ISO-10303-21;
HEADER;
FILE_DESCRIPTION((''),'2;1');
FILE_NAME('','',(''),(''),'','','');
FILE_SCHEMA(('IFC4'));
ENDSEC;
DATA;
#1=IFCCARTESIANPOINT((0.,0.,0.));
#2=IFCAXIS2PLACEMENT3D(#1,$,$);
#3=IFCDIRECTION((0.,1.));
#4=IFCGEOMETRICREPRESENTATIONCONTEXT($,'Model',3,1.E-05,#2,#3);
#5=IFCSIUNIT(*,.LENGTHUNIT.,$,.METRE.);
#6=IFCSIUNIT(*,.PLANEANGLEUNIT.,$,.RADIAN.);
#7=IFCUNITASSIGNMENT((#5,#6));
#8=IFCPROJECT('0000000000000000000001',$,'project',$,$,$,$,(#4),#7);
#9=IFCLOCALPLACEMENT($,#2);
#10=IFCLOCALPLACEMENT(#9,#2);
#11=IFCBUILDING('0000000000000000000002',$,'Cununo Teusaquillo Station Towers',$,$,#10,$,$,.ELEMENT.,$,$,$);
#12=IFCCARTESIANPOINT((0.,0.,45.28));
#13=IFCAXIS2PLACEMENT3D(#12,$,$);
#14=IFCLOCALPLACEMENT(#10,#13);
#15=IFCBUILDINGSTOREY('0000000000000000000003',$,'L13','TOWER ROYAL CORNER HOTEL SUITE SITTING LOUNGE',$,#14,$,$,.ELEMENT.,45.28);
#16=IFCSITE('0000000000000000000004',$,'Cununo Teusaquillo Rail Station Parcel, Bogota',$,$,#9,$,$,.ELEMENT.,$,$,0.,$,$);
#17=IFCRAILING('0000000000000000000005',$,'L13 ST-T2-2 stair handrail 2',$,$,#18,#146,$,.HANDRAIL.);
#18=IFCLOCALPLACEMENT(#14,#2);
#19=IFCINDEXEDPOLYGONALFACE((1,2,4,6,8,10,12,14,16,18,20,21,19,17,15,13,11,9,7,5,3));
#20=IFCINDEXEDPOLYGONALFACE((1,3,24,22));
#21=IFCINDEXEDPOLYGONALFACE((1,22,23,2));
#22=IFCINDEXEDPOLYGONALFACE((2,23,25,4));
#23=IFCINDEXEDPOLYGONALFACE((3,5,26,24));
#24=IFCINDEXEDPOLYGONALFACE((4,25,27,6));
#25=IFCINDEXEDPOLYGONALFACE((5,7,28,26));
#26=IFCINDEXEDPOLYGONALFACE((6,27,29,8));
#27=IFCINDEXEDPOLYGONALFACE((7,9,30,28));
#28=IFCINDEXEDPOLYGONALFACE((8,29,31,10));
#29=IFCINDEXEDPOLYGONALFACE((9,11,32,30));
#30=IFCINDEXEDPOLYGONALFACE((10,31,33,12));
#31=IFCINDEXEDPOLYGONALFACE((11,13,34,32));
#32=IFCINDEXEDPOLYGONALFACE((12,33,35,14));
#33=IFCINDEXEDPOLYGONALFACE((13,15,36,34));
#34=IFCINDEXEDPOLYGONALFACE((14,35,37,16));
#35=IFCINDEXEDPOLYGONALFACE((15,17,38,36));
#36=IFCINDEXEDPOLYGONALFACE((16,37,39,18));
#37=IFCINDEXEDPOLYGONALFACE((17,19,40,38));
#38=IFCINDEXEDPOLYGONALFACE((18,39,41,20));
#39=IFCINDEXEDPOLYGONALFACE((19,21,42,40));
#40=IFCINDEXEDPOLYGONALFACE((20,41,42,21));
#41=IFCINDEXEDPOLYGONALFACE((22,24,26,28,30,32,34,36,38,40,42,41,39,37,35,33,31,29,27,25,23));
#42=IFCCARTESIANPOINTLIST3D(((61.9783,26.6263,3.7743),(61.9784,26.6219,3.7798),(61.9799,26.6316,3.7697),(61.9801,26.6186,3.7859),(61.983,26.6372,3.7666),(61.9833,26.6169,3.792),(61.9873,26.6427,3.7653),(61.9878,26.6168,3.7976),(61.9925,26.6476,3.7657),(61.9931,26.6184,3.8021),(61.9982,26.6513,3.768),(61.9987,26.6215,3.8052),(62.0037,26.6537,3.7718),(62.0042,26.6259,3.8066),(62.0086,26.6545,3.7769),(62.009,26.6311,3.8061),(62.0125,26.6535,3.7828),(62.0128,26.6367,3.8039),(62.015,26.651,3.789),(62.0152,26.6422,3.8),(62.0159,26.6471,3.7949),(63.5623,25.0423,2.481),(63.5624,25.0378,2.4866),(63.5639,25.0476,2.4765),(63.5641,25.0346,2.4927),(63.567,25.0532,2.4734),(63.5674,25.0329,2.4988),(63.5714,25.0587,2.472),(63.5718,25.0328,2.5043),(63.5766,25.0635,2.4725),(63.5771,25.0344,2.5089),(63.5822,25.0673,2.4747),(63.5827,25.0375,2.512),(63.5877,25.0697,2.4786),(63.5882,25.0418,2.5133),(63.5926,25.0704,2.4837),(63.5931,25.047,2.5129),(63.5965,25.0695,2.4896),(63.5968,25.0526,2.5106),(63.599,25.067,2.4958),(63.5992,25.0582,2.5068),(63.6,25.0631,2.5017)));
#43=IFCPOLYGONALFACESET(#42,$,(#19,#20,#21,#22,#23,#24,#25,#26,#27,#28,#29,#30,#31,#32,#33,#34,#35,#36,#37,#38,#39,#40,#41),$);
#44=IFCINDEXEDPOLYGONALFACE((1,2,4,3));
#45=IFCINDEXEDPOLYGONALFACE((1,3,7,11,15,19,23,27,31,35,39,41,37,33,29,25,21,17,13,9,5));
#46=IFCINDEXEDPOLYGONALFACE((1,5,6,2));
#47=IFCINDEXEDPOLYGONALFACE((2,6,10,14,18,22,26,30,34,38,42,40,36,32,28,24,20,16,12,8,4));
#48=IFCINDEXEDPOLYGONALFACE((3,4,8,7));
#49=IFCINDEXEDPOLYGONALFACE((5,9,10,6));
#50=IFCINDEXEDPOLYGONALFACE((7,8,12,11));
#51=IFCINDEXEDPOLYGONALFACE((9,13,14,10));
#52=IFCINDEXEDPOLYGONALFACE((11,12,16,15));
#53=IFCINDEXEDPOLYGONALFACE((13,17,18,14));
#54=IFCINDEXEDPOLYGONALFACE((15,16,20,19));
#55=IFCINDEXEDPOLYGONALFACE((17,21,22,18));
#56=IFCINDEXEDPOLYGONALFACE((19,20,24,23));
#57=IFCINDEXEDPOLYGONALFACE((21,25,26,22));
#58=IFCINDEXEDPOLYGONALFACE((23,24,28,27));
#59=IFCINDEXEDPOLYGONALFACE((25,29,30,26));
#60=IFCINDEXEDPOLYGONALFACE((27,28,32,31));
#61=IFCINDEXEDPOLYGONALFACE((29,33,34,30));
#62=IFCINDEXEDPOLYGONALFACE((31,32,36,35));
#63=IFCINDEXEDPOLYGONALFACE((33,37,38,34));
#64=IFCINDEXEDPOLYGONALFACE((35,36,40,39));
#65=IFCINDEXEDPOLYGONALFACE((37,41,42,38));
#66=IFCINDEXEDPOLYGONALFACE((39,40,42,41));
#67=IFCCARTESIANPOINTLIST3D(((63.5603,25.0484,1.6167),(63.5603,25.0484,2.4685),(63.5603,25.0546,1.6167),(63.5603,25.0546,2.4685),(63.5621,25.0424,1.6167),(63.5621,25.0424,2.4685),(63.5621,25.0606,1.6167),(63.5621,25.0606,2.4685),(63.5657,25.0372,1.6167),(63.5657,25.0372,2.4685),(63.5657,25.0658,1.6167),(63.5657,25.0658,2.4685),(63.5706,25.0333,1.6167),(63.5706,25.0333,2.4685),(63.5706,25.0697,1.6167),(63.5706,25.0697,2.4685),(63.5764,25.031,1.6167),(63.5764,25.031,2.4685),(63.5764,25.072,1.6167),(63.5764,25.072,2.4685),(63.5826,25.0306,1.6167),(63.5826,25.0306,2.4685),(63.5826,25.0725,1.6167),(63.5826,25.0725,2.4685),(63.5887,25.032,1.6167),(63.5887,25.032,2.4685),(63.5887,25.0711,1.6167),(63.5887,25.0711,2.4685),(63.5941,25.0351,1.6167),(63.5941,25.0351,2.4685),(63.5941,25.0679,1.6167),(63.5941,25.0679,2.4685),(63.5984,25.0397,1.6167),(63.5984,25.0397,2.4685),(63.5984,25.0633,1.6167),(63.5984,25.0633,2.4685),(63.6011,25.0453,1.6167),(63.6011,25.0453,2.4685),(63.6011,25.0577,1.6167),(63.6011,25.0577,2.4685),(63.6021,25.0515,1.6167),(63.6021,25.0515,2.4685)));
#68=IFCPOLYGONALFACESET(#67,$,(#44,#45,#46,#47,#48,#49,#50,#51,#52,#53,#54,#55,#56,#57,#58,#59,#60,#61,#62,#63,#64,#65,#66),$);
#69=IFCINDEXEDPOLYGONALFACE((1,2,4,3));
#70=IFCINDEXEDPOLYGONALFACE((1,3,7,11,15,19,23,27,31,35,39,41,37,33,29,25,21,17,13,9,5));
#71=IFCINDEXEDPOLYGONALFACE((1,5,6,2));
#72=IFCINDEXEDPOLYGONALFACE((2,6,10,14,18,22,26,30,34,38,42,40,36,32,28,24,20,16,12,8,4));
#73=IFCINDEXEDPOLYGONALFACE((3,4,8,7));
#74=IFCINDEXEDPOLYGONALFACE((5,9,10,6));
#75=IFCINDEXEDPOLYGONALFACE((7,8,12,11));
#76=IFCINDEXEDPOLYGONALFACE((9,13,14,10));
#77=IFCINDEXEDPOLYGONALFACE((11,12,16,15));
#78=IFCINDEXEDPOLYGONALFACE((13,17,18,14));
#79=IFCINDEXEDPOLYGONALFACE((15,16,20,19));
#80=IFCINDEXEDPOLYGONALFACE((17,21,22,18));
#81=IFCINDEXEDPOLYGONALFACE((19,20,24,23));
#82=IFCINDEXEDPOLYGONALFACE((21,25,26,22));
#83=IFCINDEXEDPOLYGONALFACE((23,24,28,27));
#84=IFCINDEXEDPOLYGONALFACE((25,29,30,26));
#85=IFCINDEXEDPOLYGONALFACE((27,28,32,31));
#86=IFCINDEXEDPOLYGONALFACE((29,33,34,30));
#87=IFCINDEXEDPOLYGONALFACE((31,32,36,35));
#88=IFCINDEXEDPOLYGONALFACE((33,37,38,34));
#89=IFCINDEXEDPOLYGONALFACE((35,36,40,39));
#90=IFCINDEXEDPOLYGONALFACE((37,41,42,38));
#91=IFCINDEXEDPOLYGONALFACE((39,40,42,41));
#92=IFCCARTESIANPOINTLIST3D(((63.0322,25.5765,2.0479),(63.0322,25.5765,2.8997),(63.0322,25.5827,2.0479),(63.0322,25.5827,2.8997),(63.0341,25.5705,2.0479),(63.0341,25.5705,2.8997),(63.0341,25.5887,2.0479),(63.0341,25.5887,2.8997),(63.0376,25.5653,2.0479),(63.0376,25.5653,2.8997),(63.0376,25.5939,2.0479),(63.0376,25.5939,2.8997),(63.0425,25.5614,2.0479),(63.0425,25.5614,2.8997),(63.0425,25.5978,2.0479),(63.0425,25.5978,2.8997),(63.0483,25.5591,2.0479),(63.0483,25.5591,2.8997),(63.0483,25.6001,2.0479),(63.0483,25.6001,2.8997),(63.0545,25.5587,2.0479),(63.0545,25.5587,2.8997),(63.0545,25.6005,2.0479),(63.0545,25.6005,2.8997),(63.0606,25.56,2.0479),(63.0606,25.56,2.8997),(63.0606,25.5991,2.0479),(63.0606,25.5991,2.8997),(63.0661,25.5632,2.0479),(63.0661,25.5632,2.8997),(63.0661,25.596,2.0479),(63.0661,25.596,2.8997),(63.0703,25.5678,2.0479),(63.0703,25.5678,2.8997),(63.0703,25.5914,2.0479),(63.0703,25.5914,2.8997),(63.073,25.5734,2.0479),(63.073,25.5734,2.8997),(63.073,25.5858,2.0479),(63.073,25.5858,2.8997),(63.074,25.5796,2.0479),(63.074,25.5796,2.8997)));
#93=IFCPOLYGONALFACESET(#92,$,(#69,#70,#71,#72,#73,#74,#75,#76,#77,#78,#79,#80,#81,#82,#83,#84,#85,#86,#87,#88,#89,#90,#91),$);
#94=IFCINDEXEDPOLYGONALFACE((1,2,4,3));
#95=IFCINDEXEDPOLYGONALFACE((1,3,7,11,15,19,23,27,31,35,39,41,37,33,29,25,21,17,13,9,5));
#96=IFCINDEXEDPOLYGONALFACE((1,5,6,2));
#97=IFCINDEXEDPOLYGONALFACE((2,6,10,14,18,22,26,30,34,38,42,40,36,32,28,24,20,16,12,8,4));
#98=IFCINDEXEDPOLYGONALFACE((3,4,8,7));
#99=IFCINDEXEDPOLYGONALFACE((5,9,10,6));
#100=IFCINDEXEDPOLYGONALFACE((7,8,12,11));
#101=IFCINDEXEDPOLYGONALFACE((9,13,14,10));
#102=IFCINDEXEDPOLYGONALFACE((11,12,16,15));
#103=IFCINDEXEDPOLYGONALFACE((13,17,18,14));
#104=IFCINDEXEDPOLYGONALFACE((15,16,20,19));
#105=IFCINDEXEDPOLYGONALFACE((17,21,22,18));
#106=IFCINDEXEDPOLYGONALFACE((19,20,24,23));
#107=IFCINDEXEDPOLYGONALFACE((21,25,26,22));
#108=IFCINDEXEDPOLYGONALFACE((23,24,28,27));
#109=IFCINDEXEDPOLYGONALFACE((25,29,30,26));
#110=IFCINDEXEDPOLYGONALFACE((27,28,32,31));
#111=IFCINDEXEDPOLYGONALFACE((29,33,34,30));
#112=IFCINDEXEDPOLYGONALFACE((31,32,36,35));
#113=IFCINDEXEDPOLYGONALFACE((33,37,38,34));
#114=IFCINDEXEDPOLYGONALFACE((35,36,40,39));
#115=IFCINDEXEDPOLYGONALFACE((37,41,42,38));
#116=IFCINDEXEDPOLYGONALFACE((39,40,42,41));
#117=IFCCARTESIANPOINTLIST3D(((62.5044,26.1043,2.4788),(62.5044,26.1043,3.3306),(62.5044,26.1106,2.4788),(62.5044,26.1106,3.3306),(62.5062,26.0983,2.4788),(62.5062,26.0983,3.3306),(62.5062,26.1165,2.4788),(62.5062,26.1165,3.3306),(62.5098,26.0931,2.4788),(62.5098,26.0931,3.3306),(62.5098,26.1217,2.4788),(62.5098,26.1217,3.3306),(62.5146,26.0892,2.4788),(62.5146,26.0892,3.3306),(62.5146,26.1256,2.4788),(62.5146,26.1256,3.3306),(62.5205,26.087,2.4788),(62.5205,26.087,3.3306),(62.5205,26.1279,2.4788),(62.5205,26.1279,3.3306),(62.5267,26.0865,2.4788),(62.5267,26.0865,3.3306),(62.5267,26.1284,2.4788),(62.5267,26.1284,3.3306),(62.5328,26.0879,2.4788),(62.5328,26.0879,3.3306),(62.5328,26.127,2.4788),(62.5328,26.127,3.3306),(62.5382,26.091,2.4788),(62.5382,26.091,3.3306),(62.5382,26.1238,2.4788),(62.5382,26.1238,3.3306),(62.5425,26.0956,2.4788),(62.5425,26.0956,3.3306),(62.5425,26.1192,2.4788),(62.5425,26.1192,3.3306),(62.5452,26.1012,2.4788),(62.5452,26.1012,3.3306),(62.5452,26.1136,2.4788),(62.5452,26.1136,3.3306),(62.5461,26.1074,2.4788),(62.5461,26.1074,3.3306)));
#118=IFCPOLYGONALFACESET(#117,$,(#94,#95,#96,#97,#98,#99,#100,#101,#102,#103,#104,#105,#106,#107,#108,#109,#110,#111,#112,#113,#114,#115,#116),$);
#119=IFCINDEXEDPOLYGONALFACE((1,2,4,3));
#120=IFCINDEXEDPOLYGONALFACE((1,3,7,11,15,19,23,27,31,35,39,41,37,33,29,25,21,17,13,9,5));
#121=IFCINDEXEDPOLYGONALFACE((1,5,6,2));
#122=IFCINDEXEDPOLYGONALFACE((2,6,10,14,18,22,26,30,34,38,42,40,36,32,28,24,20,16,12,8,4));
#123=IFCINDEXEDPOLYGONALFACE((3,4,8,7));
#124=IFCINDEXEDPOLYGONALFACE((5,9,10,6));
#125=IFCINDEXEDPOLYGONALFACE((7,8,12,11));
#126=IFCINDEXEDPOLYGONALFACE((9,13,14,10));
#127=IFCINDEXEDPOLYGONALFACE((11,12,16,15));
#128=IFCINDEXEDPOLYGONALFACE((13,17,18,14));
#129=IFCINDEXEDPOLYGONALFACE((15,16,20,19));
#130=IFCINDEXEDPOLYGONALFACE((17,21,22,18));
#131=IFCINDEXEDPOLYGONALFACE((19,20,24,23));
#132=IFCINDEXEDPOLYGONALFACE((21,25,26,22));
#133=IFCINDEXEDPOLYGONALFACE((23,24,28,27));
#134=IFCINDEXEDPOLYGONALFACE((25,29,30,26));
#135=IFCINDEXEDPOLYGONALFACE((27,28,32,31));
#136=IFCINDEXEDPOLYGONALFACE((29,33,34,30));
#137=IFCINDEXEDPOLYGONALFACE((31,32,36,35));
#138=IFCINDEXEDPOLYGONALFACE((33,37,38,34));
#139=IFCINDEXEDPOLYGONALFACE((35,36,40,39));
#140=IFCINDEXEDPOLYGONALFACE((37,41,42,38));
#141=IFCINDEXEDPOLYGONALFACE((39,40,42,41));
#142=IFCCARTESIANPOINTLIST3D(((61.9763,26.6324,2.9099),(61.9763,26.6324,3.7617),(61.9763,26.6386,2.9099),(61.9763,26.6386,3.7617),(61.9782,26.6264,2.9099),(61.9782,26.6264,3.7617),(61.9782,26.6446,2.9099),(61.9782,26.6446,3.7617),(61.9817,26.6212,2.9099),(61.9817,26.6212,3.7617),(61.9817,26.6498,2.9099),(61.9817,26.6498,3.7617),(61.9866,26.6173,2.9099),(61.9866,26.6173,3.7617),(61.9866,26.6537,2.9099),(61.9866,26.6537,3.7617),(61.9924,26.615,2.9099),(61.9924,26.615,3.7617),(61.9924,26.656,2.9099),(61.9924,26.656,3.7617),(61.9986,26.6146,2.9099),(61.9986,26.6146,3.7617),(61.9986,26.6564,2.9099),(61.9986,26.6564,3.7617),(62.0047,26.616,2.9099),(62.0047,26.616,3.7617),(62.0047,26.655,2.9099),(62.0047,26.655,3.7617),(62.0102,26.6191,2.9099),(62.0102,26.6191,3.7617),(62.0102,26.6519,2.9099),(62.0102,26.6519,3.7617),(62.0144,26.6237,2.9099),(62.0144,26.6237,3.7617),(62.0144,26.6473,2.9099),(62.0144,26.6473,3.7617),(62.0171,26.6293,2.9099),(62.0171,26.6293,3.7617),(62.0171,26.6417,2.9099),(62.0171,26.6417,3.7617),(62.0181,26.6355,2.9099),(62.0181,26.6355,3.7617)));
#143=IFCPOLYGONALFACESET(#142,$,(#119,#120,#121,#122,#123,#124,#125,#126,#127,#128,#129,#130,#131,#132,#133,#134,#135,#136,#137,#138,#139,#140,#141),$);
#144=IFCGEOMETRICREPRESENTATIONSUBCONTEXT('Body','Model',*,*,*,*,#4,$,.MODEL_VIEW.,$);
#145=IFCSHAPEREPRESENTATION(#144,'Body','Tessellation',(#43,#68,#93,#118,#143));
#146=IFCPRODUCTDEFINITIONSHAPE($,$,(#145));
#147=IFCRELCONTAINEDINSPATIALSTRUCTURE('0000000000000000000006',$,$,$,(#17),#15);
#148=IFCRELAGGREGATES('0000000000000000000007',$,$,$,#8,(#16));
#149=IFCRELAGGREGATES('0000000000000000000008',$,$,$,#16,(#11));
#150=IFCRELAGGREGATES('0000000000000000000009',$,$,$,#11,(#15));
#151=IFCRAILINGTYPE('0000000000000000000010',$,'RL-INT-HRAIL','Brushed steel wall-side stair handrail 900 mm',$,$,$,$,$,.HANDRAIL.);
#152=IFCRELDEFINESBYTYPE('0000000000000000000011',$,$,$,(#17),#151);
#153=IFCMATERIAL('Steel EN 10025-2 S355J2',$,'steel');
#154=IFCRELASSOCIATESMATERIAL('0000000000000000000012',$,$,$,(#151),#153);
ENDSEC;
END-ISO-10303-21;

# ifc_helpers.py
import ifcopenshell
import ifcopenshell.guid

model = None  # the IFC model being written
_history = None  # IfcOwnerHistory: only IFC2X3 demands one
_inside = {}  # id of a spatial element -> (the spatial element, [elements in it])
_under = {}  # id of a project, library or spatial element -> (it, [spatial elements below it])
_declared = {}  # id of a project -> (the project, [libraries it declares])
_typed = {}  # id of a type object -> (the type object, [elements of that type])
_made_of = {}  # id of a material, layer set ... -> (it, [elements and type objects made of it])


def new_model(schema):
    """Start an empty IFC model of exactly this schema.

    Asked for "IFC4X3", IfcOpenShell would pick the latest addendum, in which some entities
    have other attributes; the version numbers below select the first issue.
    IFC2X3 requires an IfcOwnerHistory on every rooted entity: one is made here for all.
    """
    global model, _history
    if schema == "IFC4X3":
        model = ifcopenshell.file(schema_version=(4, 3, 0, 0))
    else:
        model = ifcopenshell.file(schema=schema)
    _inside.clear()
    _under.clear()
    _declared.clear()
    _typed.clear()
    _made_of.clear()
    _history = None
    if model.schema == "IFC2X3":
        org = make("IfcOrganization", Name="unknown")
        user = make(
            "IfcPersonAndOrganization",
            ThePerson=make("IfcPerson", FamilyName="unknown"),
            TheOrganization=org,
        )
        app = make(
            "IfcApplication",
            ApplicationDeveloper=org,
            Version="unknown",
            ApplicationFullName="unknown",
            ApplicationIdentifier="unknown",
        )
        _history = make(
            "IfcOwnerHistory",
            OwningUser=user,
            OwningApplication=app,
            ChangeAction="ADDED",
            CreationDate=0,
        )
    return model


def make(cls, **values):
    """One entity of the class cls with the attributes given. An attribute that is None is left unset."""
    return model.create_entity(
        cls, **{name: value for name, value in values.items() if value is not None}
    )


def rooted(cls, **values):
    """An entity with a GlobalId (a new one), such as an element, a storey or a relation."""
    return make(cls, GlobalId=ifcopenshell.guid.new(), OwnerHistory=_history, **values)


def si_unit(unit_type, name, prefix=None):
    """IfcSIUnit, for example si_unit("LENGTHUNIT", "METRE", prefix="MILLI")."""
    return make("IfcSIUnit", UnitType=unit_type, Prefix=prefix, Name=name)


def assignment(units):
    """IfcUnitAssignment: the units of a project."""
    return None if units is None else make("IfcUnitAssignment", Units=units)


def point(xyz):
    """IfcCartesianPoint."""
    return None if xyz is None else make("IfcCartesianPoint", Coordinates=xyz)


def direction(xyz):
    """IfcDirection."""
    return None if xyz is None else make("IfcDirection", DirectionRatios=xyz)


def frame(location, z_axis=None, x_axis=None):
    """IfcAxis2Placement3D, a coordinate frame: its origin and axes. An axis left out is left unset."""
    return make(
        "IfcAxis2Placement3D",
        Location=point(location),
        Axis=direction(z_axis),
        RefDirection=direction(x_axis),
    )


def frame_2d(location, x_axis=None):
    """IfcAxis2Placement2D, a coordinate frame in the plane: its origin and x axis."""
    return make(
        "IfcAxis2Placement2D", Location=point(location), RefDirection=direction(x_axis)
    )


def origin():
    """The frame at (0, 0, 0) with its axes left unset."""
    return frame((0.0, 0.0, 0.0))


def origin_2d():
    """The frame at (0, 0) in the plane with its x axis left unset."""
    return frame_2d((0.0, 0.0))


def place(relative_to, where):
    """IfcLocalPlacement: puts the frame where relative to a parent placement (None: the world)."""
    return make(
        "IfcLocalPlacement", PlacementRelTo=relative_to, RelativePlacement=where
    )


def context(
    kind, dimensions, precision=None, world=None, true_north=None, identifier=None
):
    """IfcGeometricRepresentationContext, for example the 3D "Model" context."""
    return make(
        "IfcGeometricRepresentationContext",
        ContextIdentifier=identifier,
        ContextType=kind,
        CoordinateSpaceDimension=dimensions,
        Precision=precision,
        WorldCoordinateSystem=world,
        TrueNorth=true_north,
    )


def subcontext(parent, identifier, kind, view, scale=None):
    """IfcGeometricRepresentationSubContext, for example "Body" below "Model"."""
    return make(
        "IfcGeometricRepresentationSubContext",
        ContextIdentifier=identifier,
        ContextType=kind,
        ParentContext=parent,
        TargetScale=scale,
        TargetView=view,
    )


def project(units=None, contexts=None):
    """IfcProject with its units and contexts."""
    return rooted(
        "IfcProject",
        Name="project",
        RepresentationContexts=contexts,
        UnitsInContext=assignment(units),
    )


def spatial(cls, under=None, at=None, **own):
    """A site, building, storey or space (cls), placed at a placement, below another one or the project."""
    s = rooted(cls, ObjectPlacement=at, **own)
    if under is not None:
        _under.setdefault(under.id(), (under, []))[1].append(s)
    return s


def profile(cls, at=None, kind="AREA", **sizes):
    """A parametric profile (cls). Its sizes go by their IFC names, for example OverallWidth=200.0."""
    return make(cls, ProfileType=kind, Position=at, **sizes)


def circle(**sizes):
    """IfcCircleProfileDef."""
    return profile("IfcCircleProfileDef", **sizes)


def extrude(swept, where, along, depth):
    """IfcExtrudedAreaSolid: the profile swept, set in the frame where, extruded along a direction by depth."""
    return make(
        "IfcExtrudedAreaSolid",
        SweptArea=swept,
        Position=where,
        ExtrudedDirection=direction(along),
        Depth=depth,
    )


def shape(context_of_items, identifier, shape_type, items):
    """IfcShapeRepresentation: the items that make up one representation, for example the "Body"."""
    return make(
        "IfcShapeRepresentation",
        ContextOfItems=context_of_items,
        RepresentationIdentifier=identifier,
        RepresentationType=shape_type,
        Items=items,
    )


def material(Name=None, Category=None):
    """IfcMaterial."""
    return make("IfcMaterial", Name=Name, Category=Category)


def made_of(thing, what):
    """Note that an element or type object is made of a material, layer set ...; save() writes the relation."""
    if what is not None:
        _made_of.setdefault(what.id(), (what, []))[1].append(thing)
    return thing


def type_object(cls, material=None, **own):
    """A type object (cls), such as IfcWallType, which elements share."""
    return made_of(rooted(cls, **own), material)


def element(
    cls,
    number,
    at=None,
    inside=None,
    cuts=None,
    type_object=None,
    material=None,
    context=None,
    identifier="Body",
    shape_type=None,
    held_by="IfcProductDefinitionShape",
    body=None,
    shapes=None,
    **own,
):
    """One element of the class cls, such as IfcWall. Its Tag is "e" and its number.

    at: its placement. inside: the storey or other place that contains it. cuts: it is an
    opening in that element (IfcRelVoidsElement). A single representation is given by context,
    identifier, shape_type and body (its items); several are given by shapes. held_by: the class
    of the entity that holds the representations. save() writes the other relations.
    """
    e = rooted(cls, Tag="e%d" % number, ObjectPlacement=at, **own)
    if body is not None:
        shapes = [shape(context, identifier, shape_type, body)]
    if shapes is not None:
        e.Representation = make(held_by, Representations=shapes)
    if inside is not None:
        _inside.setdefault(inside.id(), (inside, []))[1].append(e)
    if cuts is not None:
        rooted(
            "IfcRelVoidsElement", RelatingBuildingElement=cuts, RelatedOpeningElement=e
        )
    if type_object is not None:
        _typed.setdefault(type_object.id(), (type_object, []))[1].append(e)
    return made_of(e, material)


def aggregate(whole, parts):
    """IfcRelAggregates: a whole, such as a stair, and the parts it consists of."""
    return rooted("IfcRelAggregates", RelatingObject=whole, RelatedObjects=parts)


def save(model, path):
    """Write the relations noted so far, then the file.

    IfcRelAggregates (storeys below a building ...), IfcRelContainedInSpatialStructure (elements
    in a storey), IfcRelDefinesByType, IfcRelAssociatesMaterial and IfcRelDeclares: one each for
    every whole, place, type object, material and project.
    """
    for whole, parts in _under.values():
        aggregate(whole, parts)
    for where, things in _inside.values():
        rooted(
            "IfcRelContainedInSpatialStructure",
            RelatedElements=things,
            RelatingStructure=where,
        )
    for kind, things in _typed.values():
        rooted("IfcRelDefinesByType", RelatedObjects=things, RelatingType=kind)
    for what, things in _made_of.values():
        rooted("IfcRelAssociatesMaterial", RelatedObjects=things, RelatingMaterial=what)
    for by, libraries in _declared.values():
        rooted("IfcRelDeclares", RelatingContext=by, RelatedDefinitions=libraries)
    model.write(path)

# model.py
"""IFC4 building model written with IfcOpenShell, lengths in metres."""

from ifc_helpers import new_model, si_unit, direction, frame, origin, origin_2d, place, context, subcontext, project, spatial, circle, extrude, material, type_object, element, save


model = new_model("IFC4")

# Units and contexts
model_context = context("Model", 3, precision=1e-05, world=origin(), true_north=direction((0.0, 1.0)))
body_context = subcontext(model_context, "Body", "Model", "MODEL_VIEW")
ifc_project = project(units=[si_unit("LENGTHUNIT", "METRE"), si_unit("PLANEANGLEUNIT", "RADIAN")], contexts=[model_context])

# Site, building, storey
site_placement = place(None, origin())
site = spatial("IfcSite", under=ifc_project, at=site_placement, Name="Cununo Teusaquillo Rail Station Parcel, Bogota", CompositionType="ELEMENT", RefElevation=0.0)
building_placement = place(site_placement, origin())
building = spatial("IfcBuilding", under=site, at=building_placement, Name="Cununo Teusaquillo Station Towers", CompositionType="ELEMENT")
storey_placement = place(building_placement, frame((0.0, 0.0, 45.28)))
storey = spatial("IfcBuildingStorey", under=building, at=storey_placement, Name="L13", Description="TOWER ROYAL CORNER HOTEL SUITE SITTING LOUNGE", CompositionType="ELEMENT", Elevation=45.28)

# Railing
ifc_material_1 = material(Name="Steel EN 10025-2 S355J2", Category="steel")
railing_type_1 = type_object("IfcRailingType", Name="RL-INT-HRAIL", Description="Brushed steel wall-side stair handrail 900 mm", PredefinedType="HANDRAIL", material=ifc_material_1)
railing_1_placement = place(storey_placement, frame((63.5811, 25.0515, 1.6167)))
element("IfcRailing", 1, at=railing_1_placement, inside=storey, type_object=railing_type_1, Name="L13 ST-T2-2 stair handrail 2", PredefinedType="HANDRAIL", context=body_context, shape_type="SweptSolid", body=[
    extrude(circle(Radius=0.0239, at=origin_2d()), frame((0.0, 0.0, 0.876), z_axis=(-0.612385, 0.612385, 0.49997), x_axis=(-0.707107, -0.707107, 0.0)), (0.0, 0.0, 1.0), 2.5867),
    extrude(circle(Radius=0.021, at=origin_2d()), origin(), (0.0, 0.0, 1.0), 0.8518),
    extrude(circle(Radius=0.021, at=origin_2d()), frame((-0.5281, 0.5281, 0.4312)), (0.0, 0.0, 1.0), 0.8518),
    extrude(circle(Radius=0.021, at=origin_2d()), frame((-1.0559, 1.0559, 0.8621)), (0.0, 0.0, 1.0), 0.8518),
    extrude(circle(Radius=0.021, at=origin_2d()), frame((-1.584, 1.584, 1.2932)), (0.0, 0.0, 1.0), 0.8518),
])

save(model, "model.ifc")
